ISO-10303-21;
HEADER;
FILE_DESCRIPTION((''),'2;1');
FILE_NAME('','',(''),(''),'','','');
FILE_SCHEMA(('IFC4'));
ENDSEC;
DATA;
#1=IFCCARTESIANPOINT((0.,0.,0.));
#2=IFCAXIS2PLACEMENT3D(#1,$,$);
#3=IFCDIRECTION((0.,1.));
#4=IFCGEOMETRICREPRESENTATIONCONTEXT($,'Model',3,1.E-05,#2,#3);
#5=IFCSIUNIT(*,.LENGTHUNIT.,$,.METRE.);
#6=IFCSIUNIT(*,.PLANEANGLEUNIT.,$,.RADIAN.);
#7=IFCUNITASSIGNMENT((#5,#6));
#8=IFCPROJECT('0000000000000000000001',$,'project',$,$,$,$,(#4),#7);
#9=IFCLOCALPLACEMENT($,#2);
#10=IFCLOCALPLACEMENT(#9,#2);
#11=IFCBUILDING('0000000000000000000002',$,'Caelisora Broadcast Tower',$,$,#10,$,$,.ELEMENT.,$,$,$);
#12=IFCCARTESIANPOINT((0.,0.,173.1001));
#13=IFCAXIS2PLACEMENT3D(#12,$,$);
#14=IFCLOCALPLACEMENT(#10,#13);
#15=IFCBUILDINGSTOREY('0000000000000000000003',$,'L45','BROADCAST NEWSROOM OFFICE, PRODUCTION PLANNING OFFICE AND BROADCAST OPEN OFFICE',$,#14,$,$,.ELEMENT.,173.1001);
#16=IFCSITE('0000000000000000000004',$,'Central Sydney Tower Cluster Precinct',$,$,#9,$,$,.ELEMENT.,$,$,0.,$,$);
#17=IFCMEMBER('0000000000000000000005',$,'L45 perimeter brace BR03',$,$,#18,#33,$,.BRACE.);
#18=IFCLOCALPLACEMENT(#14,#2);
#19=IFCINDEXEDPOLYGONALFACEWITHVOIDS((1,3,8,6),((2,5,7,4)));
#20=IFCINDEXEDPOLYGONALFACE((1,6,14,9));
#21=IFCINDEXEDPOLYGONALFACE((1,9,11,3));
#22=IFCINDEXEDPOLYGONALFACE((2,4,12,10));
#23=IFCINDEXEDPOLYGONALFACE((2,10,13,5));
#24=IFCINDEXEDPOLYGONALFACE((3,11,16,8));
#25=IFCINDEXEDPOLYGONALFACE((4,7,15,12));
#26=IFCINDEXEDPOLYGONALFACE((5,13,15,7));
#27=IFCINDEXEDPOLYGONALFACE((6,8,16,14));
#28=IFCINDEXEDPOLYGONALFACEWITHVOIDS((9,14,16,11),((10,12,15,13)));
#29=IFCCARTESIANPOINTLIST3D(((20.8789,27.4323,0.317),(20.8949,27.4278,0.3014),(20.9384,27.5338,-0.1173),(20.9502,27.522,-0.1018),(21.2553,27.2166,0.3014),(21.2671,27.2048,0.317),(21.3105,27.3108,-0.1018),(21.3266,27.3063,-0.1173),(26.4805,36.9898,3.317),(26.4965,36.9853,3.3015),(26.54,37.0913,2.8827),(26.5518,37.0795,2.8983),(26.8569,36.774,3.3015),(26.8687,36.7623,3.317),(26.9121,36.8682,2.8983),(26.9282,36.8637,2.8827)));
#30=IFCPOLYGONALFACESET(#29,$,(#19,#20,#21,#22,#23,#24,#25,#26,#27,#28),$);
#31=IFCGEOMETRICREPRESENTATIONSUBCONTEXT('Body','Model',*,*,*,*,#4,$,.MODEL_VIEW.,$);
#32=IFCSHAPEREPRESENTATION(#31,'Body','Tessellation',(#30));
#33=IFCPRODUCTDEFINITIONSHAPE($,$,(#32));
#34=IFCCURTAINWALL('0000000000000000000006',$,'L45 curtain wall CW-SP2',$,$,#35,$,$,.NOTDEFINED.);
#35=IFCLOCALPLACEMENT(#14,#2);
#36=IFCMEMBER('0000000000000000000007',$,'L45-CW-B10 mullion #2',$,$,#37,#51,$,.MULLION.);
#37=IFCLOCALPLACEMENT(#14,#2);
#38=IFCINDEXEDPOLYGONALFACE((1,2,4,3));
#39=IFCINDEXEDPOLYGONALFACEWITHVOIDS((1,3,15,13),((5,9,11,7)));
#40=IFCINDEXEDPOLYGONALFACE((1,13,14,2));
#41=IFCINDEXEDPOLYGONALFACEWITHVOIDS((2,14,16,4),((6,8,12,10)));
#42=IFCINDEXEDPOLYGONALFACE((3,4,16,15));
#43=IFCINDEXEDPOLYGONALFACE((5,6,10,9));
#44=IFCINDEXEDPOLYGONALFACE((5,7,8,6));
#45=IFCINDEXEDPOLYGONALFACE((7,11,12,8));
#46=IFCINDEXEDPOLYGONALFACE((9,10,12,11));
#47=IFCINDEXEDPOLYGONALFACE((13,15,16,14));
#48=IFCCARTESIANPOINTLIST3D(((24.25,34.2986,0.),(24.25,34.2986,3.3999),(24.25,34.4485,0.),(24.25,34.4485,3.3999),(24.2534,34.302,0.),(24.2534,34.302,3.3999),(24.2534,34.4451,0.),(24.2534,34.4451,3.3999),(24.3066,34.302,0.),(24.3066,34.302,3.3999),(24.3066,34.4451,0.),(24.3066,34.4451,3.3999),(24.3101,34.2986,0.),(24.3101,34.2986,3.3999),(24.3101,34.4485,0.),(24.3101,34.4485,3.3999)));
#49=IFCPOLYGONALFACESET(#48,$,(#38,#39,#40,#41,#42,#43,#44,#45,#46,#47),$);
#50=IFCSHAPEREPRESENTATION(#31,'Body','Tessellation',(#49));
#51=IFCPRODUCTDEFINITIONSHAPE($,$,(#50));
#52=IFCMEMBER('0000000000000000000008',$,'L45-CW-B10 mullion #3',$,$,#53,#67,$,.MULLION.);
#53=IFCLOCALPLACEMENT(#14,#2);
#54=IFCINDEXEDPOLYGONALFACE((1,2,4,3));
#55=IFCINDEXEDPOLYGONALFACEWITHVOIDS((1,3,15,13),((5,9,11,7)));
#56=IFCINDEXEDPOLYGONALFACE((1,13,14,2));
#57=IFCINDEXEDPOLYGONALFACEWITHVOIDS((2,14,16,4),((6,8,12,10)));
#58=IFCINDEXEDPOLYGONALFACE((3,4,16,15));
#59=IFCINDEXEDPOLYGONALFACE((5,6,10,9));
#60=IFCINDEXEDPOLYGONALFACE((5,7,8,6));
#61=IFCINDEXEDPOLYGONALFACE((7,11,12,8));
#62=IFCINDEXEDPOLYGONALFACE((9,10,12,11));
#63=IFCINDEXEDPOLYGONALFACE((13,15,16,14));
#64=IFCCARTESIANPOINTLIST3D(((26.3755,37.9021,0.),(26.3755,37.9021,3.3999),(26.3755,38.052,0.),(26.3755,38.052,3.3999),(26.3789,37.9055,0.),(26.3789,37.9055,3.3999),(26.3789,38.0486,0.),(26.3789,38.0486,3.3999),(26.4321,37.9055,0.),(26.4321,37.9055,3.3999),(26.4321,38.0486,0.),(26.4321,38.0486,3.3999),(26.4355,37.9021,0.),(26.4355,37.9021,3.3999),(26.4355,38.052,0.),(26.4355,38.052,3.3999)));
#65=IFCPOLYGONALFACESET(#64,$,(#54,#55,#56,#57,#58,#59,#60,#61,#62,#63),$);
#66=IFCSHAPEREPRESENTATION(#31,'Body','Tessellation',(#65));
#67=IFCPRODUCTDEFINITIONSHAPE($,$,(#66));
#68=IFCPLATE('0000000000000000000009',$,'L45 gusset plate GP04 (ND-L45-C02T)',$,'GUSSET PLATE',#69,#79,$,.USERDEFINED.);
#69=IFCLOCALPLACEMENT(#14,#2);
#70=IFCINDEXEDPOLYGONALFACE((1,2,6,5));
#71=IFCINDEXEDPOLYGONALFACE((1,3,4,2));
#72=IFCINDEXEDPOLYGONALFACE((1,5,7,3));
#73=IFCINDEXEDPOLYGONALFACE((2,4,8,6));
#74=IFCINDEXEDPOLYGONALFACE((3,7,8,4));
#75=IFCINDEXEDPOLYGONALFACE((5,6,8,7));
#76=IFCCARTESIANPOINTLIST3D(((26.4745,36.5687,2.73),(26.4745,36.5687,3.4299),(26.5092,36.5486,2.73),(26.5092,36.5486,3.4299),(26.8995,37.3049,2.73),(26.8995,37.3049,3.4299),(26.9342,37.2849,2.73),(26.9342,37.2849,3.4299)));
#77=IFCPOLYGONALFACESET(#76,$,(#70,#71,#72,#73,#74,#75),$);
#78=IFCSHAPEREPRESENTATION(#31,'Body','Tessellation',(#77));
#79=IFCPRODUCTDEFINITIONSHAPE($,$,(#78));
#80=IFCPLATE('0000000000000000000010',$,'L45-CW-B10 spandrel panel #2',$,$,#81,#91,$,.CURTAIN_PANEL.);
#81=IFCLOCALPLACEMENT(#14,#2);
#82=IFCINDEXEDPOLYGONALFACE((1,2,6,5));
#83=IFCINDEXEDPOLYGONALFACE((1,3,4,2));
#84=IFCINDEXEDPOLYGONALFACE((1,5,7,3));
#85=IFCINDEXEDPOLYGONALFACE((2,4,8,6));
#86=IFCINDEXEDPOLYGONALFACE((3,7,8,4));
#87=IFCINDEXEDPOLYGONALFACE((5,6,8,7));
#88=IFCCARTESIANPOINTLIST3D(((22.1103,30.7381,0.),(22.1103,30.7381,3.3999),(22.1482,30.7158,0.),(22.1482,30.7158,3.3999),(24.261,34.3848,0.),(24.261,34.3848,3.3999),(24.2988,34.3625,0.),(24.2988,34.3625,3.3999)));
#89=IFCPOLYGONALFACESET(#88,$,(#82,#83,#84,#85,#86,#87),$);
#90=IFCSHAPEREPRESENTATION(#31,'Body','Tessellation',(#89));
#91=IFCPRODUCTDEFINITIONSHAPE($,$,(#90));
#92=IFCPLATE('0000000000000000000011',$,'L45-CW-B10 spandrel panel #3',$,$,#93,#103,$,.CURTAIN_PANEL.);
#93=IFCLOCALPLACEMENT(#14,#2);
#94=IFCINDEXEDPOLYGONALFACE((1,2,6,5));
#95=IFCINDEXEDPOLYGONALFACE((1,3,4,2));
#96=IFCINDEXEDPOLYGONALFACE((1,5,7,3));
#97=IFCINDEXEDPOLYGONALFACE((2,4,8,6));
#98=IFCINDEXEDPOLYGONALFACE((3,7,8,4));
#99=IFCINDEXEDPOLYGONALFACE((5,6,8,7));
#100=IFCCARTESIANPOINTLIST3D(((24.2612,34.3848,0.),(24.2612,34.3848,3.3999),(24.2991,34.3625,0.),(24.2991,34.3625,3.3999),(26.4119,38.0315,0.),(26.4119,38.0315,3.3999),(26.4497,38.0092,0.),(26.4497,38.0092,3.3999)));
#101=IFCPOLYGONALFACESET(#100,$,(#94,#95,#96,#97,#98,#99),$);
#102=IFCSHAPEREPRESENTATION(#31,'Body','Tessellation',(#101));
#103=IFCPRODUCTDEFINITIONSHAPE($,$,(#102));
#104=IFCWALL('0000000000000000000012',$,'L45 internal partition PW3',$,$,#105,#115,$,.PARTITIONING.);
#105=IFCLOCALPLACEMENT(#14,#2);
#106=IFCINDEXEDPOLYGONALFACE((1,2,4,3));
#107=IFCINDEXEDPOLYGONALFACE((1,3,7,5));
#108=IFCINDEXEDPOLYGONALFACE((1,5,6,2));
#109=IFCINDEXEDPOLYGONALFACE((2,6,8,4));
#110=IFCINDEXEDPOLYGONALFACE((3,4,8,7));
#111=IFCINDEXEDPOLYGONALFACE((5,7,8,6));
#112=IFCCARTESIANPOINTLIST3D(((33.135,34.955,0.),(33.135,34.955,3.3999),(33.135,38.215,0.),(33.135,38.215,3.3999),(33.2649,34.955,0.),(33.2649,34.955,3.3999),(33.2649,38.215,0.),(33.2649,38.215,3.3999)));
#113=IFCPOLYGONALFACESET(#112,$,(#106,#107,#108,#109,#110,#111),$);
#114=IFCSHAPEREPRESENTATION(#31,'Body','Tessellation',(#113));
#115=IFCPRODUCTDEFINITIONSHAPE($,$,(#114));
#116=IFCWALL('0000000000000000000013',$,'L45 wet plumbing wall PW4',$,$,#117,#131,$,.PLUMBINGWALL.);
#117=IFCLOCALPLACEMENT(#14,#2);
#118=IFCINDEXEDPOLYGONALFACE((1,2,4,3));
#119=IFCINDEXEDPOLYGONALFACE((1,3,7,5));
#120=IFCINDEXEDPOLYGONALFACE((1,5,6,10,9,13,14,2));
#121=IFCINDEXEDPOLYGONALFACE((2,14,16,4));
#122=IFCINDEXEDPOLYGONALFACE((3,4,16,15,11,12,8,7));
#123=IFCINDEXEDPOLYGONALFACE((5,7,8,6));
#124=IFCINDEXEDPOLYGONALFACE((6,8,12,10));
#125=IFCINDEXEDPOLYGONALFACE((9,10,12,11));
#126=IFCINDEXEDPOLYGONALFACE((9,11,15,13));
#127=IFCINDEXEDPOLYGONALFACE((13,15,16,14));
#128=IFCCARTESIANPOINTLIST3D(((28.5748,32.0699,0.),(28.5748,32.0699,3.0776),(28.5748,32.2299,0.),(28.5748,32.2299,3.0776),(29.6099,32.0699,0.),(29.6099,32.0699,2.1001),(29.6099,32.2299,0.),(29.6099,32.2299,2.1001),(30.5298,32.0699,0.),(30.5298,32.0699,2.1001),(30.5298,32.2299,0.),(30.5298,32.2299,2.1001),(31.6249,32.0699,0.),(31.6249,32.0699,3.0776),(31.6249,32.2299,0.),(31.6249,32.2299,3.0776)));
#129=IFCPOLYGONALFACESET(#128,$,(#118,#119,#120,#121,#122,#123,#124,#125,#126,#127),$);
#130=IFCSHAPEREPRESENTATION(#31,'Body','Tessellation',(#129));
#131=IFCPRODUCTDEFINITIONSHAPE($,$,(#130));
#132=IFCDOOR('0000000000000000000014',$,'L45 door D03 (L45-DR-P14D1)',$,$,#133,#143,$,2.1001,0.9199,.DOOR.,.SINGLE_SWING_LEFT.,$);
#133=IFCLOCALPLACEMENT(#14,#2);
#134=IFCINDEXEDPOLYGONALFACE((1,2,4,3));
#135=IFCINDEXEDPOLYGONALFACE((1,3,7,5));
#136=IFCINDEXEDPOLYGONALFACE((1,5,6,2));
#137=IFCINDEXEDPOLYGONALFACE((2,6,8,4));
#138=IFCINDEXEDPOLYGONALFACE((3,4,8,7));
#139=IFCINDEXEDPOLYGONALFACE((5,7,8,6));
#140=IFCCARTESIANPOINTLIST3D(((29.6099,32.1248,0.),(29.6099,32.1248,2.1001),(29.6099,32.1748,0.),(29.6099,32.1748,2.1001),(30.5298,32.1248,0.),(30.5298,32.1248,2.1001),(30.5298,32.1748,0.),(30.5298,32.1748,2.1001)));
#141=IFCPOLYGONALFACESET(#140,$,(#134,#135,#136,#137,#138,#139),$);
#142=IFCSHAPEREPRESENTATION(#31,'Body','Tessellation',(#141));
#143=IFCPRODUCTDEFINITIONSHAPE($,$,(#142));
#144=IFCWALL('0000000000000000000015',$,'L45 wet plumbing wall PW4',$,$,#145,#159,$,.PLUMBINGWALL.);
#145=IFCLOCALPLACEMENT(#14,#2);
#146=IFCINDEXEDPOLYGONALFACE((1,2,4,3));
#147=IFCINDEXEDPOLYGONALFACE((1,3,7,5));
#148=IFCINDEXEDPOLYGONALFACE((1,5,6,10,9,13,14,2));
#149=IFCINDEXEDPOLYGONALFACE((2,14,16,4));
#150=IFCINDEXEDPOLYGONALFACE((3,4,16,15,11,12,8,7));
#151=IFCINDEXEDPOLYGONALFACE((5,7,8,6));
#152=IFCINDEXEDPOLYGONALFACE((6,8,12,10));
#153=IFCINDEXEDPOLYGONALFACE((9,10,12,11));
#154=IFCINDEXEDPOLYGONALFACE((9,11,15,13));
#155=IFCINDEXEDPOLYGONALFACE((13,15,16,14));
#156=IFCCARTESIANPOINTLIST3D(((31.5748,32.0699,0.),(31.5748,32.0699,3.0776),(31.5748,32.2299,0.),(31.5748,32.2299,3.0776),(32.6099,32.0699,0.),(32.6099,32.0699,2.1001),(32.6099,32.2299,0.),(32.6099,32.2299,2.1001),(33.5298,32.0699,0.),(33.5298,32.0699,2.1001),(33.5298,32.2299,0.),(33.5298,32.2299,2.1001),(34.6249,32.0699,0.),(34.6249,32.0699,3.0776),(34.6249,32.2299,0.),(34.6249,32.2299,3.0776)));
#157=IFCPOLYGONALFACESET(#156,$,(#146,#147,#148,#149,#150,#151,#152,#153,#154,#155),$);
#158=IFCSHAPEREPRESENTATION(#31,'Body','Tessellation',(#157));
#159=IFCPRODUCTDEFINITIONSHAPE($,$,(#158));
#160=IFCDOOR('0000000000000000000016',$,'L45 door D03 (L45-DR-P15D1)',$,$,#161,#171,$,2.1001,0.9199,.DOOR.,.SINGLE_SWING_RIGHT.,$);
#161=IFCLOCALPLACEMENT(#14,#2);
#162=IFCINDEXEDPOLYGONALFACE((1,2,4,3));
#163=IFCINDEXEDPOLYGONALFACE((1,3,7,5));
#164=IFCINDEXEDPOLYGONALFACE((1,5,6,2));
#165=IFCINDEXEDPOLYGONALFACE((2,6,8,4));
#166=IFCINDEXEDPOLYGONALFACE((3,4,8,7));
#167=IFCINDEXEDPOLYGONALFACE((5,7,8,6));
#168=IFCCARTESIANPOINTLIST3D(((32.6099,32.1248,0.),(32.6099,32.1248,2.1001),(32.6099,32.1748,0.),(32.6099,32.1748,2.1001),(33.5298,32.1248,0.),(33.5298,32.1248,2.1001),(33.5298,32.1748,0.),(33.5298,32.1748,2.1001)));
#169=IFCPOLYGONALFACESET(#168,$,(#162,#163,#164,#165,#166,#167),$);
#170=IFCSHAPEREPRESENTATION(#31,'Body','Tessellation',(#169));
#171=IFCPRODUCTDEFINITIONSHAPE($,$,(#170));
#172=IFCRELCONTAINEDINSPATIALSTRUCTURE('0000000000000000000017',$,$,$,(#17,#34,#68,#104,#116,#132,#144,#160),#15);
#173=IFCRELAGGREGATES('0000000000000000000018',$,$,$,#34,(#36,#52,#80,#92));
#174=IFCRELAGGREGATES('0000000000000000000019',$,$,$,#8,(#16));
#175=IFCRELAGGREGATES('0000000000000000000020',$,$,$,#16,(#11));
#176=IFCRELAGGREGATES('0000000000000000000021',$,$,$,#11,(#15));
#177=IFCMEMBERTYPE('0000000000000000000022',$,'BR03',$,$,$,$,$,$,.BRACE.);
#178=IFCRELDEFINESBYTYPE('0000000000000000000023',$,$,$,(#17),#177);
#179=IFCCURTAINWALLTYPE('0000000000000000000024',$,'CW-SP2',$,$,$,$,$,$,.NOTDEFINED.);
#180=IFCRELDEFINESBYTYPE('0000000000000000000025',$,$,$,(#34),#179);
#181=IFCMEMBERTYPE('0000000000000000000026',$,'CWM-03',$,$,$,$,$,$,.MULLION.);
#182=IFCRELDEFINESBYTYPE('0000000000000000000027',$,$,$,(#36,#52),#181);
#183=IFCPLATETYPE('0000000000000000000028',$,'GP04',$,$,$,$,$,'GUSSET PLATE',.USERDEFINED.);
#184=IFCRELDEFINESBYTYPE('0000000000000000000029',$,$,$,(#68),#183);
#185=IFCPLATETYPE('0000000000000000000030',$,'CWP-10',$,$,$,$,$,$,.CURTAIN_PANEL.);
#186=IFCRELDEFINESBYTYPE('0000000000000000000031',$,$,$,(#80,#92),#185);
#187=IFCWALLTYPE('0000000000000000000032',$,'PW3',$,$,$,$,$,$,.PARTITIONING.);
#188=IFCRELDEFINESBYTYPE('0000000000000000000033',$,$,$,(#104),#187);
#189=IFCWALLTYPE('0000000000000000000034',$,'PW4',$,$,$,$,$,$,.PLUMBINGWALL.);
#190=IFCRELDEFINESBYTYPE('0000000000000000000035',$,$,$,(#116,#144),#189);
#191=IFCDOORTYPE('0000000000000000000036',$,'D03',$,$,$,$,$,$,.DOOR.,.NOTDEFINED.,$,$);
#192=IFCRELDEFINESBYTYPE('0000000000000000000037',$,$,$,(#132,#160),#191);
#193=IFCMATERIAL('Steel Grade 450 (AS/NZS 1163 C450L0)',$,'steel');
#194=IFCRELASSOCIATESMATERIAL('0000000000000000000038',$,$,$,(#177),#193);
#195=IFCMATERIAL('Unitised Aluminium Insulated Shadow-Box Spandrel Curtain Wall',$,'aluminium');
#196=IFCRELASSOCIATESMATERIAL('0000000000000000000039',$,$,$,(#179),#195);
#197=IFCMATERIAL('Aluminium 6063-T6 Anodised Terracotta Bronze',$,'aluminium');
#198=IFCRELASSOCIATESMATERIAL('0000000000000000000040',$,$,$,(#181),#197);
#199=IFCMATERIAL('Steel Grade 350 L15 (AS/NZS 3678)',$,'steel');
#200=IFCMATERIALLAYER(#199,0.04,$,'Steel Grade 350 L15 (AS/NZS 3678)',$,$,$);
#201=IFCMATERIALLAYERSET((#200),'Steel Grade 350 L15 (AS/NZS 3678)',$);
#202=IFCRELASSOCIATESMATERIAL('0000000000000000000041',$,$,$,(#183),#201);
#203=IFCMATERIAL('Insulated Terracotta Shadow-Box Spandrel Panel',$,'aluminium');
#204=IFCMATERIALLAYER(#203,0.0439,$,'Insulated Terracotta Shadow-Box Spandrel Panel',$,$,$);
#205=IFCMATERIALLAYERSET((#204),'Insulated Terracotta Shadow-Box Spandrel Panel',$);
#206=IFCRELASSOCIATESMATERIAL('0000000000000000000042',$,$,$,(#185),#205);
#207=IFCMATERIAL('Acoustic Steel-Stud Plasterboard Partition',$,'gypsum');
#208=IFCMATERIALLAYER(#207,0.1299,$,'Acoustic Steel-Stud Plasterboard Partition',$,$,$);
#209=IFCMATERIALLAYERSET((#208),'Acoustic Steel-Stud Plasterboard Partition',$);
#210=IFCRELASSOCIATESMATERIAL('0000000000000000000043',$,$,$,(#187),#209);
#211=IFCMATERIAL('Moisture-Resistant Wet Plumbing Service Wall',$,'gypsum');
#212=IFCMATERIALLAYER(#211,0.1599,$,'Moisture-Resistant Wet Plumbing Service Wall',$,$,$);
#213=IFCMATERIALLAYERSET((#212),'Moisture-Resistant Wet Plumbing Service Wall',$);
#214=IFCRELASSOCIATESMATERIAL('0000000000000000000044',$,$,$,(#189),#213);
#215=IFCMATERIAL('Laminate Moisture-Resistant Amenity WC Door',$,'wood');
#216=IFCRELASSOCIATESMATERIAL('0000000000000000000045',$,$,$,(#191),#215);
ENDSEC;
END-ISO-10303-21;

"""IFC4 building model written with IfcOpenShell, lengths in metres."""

from ifc_helpers import new_model, si_unit, direction, frame, frame_2d, origin, origin_2d, place, context, subcontext, project, spatial, rectangle, hollow_rectangle, extrude, source, transform, mapped, material, layer, layer_set, material_profile, profile_set, type_object, type_shapes, element, fill, aggregate, save


model = new_model("IFC4")

# Units and contexts
model_context = context("Model", 3, precision=1e-05, world=origin(), true_north=direction((0.0, 1.0)))
body_context = subcontext(model_context, "Body", "Model", "MODEL_VIEW")
ifc_project = project(units=[si_unit("LENGTHUNIT", "METRE"), si_unit("PLANEANGLEUNIT", "RADIAN")], contexts=[model_context])

# Site, building, storey
site_placement = place(None, origin())
site = spatial("IfcSite", under=ifc_project, at=site_placement, Name="Central Sydney Tower Cluster Precinct", CompositionType="ELEMENT", RefElevation=0.0)
building_placement = place(site_placement, origin())
building = spatial("IfcBuilding", under=site, at=building_placement, Name="Caelisora Broadcast Tower", CompositionType="ELEMENT")
storey_placement = place(building_placement, frame((0.0, 0.0, 173.1001)))
storey = spatial("IfcBuildingStorey", under=building, at=storey_placement, Name="L45", Description="BROADCAST NEWSROOM OFFICE, PRODUCTION PLANNING OFFICE AND BROADCAST OPEN OFFICE", CompositionType="ELEMENT", Elevation=173.1001)

# Shared definitions
ifc_material_1 = material(Name="Steel Grade 350 L15 (AS/NZS 3678)", Category="steel")

# Member
ifc_material_2 = material(Name="Steel Grade 450 (AS/NZS 1163 C450L0)", Category="steel")
ifc_material_profile_1 = material_profile(ifc_material_2, hollow_rectangle(XDim=0.45, YDim=0.45, WallThickness=0.0161, at=origin_2d()), Name="Steel Grade 450 (AS/NZS 1163 C450L0)")
ifc_profile_set_1 = profile_set([ifc_material_profile_1], Name="Steel Grade 450 (AS/NZS 1163 C450L0)")
member_type_1 = type_object("IfcMemberType", Name="BR03", PredefinedType="BRACE", material=ifc_profile_set_1)
shared_shape_1 = source(origin(), body_context, "Body", "SweptSolid", [
    extrude(hollow_rectangle(XDim=0.45, YDim=0.45, WallThickness=0.0161, at=origin_2d()), origin(), (0.0, 0.0, 1.0), 11.4771),
])
type_shapes(member_type_1, [shared_shape_1])
member_1_placement = place(storey_placement, frame((26.7043, 36.9268, 3.0999), z_axis=(-0.48807, -0.832743, -0.261393), x_axis=(0.862739, -0.50565, 0.0)))
element("IfcMember", 1, at=member_1_placement, inside=storey, type_object=member_type_1, Name="L45 perimeter brace BR03", PredefinedType="BRACE", context=body_context, shape_type="MappedRepresentation", body=[
    mapped(shared_shape_1, transform((0.0, 0.0, 0.0), scale=1.0)),
])

# Curtain wall, members
ifc_material_3 = material(Name="Unitised Aluminium Insulated Shadow-Box Spandrel Curtain Wall", Category="aluminium")
curtain_wall_type = type_object("IfcCurtainWallType", Name="CW-SP2", PredefinedType="NOTDEFINED", material=ifc_material_3)
curtain_wall_placement = place(storey_placement, origin())
curtain_wall = element("IfcCurtainWall", 2, at=curtain_wall_placement, inside=storey, type_object=curtain_wall_type, Name="L45 curtain wall CW-SP2", PredefinedType="NOTDEFINED")
ifc_material_4 = material(Name="Aluminium 6063-T6 Anodised Terracotta Bronze", Category="aluminium")
ifc_material_profile_2 = material_profile(ifc_material_4, hollow_rectangle(XDim=0.0601, YDim=0.1499, WallThickness=0.0034, at=origin_2d()), Name="Aluminium 6063-T6 Anodised Terracotta Bronze")
ifc_profile_set_2 = profile_set([ifc_material_profile_2], Name="Aluminium 6063-T6 Anodised Terracotta Bronze")
member_type_2 = type_object("IfcMemberType", Name="CWM-03", PredefinedType="MULLION", material=ifc_profile_set_2)
shared_shape_2 = source(origin(), body_context, "Body", "SweptSolid", [
    extrude(hollow_rectangle(XDim=0.0601, YDim=0.1499, WallThickness=0.0034, at=origin_2d()), origin(), (0.0, 0.0, 1.0), 3.3999),
])
type_shapes(member_type_2, [shared_shape_2])
member_2_placement = place(storey_placement, frame((24.28, 34.3735, 0.0), z_axis=(0.0, 0.0, 1.0), x_axis=(1.0, 0.0, 0.0)))
member_2 = element("IfcMember", 3, at=member_2_placement, type_object=member_type_2, Name="L45-CW-B10 mullion #2", PredefinedType="MULLION", context=body_context, shape_type="MappedRepresentation", body=[
    mapped(shared_shape_2, transform((0.0, 0.0, 0.0), scale=1.0)),
])
member_3_placement = place(storey_placement, frame((26.4055, 37.9771, 0.0), z_axis=(0.0, 0.0, 1.0), x_axis=(1.0, 0.0, 0.0)))
member_3 = element("IfcMember", 4, at=member_3_placement, type_object=member_type_2, Name="L45-CW-B10 mullion #3", PredefinedType="MULLION", context=body_context, shape_type="MappedRepresentation", body=[
    mapped(shared_shape_2, transform((0.0, 0.0, 0.0), scale=1.0)),
])

# Plates
ifc_layer_1 = layer(ifc_material_1, 0.04, Name="Steel Grade 350 L15 (AS/NZS 3678)")
ifc_layer_set_1 = layer_set([ifc_layer_1], Name="Steel Grade 350 L15 (AS/NZS 3678)")
plate_type_1 = type_object("IfcPlateType", Name="GP04", ElementType="GUSSET PLATE", PredefinedType="USERDEFINED", material=ifc_layer_set_1)
shared_shape_3 = source(origin(), body_context, "Body", "SweptSolid", [
    extrude(rectangle(XDim=0.8501, YDim=0.04, at=origin_2d()), origin(), (0.0, 0.0, 1.0), 0.7),
])
type_shapes(plate_type_1, [shared_shape_3])
plate_1_placement = place(storey_placement, frame((26.7043, 36.9268, 2.73), z_axis=(0.0, 0.0, 1.0), x_axis=(-0.5, -0.866025, 0.0)))
element("IfcPlate", 5, at=plate_1_placement, inside=storey, type_object=plate_type_1, Name="L45 gusset plate GP04 (ND-L45-C02T)", ObjectType="GUSSET PLATE", PredefinedType="USERDEFINED", context=body_context, shape_type="MappedRepresentation", body=[
    mapped(shared_shape_3, transform((0.0, 0.0, 0.0), scale=1.0)),
])
ifc_material_5 = material(Name="Insulated Terracotta Shadow-Box Spandrel Panel", Category="aluminium")
ifc_layer_2 = layer(ifc_material_5, 0.0439, Name="Insulated Terracotta Shadow-Box Spandrel Panel")
ifc_layer_set_2 = layer_set([ifc_layer_2], Name="Insulated Terracotta Shadow-Box Spandrel Panel")
plate_type_2 = type_object("IfcPlateType", Name="CWP-10", PredefinedType="CURTAIN_PANEL", material=ifc_layer_set_2)
shared_shape_4 = source(origin(), body_context, "Body", "SweptSolid", [
    extrude(rectangle(XDim=4.2336, YDim=0.0439, at=origin_2d()), origin(), (0.0, 0.0, 1.0), 3.3999),
])
type_shapes(plate_type_2, [shared_shape_4])
plate_2_placement = place(storey_placement, frame((23.2046, 32.5503, 0.0), z_axis=(0.0, 0.0, 1.0), x_axis=(0.507989, 0.861363, 0.0)))
plate_2 = element("IfcPlate", 6, at=plate_2_placement, type_object=plate_type_2, Name="L45-CW-B10 spandrel panel #2", PredefinedType="CURTAIN_PANEL", context=body_context, shape_type="MappedRepresentation", body=[
    mapped(shared_shape_4, transform((0.0, 0.0, 0.0), scale=1.0)),
])
plate_3_placement = place(storey_placement, frame((25.3555, 36.197, 0.0), z_axis=(0.0, 0.0, 1.0), x_axis=(0.507989, 0.861363, 0.0)))
plate_3 = element("IfcPlate", 7, at=plate_3_placement, type_object=plate_type_2, Name="L45-CW-B10 spandrel panel #3", PredefinedType="CURTAIN_PANEL", context=body_context, shape_type="MappedRepresentation", body=[
    mapped(shared_shape_4, transform((0.0, 0.0, 0.0), scale=1.0)),
])
aggregate(curtain_wall, [member_2, member_3, plate_2, plate_3])

# Wall
ifc_material_6 = material(Name="Acoustic Steel-Stud Plasterboard Partition", Category="gypsum")
ifc_layer_3 = layer(ifc_material_6, 0.1299, Name="Acoustic Steel-Stud Plasterboard Partition")
ifc_layer_set_3 = layer_set([ifc_layer_3], Name="Acoustic Steel-Stud Plasterboard Partition")
wall_type_1 = type_object("IfcWallType", Name="PW3", PredefinedType="PARTITIONING", material=ifc_layer_set_3)
wall_1_placement = place(storey_placement, frame((33.2, 34.9551, 0.0), z_axis=(0.0, 0.0, 1.0), x_axis=(0.0, 1.0, 0.0)))
element("IfcWall", 8, at=wall_1_placement, inside=storey, type_object=wall_type_1, Name="L45 internal partition PW3", PredefinedType="PARTITIONING", context=body_context, shape_type="SweptSolid", body=[
    extrude(rectangle(XDim=3.26, YDim=0.1299, at=frame_2d((1.6299, 0.0))), origin(), (0.0, 0.0, 1.0), 3.3999),
])

# Walls, openings, doors
ifc_material_7 = material(Name="Moisture-Resistant Wet Plumbing Service Wall", Category="gypsum")
ifc_layer_4 = layer(ifc_material_7, 0.1599, Name="Moisture-Resistant Wet Plumbing Service Wall")
ifc_layer_set_4 = layer_set([ifc_layer_4], Name="Moisture-Resistant Wet Plumbing Service Wall")
wall_type_2 = type_object("IfcWallType", Name="PW4", PredefinedType="PLUMBINGWALL", material=ifc_layer_set_4)
wall_2_placement = place(storey_placement, frame((28.575, 32.1499, 0.0), z_axis=(0.0, 0.0, 1.0), x_axis=(1.0, 0.0, 0.0)))
wall_2 = element("IfcWall", 9, at=wall_2_placement, inside=storey, type_object=wall_type_2, Name="L45 wet plumbing wall PW4", PredefinedType="PLUMBINGWALL", context=body_context, shape_type="SweptSolid", body=[
    extrude(rectangle(XDim=3.05, YDim=0.1599, at=frame_2d((1.5249, 0.0))), origin(), (0.0, 0.0, 1.0), 3.0776),
])
opening_1_placement = place(wall_2_placement, frame((1.0349, 0.0, 0.0)))
opening_1 = element("IfcOpeningElement", 10, at=opening_1_placement, cuts=wall_2, PredefinedType="OPENING", context=body_context, shape_type="SweptSolid", body=[
    extrude(rectangle(XDim=0.9199, YDim=2.1001, at=frame_2d((0.46, 1.05))), frame((0.0, 0.092, 0.0), z_axis=(0.0, -1.0, 0.0), x_axis=(1.0, 0.0, 0.0)), (0.0, 0.0, 1.0), 0.1838),
])
ifc_material_8 = material(Name="Laminate Moisture-Resistant Amenity WC Door", Category="wood")
door_type = type_object("IfcDoorType", Name="D03", OperationType="NOTDEFINED", PredefinedType="DOOR", material=ifc_material_8)
door_1_placement = place(opening_1_placement, origin())
door_1 = element("IfcDoor", 11, at=door_1_placement, inside=storey, type_object=door_type, Name="L45 door D03 (L45-DR-P14D1)", OperationType="SINGLE_SWING_LEFT", OverallHeight=2.1001, OverallWidth=0.9199, PredefinedType="DOOR", context=body_context, shape_type="SweptSolid", body=[
    extrude(rectangle(XDim=0.9199, YDim=2.1001, at=frame_2d((0.46, 1.05))), frame((0.0, 0.0249, 0.0), z_axis=(0.0, -1.0, 0.0), x_axis=(1.0, 0.0, 0.0)), (0.0, 0.0, 1.0), 0.05),
])
fill(opening_1, door_1)
wall_3_placement = place(storey_placement, frame((31.575, 32.1499, 0.0), z_axis=(0.0, 0.0, 1.0), x_axis=(1.0, 0.0, 0.0)))
wall_3 = element("IfcWall", 12, at=wall_3_placement, inside=storey, type_object=wall_type_2, Name="L45 wet plumbing wall PW4", PredefinedType="PLUMBINGWALL", context=body_context, shape_type="SweptSolid", body=[
    extrude(rectangle(XDim=3.05, YDim=0.1599, at=frame_2d((1.5249, 0.0))), origin(), (0.0, 0.0, 1.0), 3.0776),
])
opening_2_placement = place(wall_3_placement, frame((1.0349, 0.0, 0.0)))
opening_2 = element("IfcOpeningElement", 13, at=opening_2_placement, cuts=wall_3, PredefinedType="OPENING", context=body_context, shape_type="SweptSolid", body=[
    extrude(rectangle(XDim=0.9199, YDim=2.1001, at=frame_2d((0.46, 1.05))), frame((0.0, 0.092, 0.0), z_axis=(0.0, -1.0, 0.0), x_axis=(1.0, 0.0, 0.0)), (0.0, 0.0, 1.0), 0.1838),
])
door_2_placement = place(opening_2_placement, origin())
door_2 = element("IfcDoor", 14, at=door_2_placement, inside=storey, type_object=door_type, Name="L45 door D03 (L45-DR-P15D1)", OperationType="SINGLE_SWING_RIGHT", OverallHeight=2.1001, OverallWidth=0.9199, PredefinedType="DOOR", context=body_context, shape_type="SweptSolid", body=[
    extrude(rectangle(XDim=0.9199, YDim=2.1001, at=frame_2d((0.46, 1.05))), frame((0.0, 0.0249, 0.0), z_axis=(0.0, -1.0, 0.0), x_axis=(1.0, 0.0, 0.0)), (0.0, 0.0, 1.0), 0.05),
])
fill(opening_2, door_2)

save(model, "model.ifc")
